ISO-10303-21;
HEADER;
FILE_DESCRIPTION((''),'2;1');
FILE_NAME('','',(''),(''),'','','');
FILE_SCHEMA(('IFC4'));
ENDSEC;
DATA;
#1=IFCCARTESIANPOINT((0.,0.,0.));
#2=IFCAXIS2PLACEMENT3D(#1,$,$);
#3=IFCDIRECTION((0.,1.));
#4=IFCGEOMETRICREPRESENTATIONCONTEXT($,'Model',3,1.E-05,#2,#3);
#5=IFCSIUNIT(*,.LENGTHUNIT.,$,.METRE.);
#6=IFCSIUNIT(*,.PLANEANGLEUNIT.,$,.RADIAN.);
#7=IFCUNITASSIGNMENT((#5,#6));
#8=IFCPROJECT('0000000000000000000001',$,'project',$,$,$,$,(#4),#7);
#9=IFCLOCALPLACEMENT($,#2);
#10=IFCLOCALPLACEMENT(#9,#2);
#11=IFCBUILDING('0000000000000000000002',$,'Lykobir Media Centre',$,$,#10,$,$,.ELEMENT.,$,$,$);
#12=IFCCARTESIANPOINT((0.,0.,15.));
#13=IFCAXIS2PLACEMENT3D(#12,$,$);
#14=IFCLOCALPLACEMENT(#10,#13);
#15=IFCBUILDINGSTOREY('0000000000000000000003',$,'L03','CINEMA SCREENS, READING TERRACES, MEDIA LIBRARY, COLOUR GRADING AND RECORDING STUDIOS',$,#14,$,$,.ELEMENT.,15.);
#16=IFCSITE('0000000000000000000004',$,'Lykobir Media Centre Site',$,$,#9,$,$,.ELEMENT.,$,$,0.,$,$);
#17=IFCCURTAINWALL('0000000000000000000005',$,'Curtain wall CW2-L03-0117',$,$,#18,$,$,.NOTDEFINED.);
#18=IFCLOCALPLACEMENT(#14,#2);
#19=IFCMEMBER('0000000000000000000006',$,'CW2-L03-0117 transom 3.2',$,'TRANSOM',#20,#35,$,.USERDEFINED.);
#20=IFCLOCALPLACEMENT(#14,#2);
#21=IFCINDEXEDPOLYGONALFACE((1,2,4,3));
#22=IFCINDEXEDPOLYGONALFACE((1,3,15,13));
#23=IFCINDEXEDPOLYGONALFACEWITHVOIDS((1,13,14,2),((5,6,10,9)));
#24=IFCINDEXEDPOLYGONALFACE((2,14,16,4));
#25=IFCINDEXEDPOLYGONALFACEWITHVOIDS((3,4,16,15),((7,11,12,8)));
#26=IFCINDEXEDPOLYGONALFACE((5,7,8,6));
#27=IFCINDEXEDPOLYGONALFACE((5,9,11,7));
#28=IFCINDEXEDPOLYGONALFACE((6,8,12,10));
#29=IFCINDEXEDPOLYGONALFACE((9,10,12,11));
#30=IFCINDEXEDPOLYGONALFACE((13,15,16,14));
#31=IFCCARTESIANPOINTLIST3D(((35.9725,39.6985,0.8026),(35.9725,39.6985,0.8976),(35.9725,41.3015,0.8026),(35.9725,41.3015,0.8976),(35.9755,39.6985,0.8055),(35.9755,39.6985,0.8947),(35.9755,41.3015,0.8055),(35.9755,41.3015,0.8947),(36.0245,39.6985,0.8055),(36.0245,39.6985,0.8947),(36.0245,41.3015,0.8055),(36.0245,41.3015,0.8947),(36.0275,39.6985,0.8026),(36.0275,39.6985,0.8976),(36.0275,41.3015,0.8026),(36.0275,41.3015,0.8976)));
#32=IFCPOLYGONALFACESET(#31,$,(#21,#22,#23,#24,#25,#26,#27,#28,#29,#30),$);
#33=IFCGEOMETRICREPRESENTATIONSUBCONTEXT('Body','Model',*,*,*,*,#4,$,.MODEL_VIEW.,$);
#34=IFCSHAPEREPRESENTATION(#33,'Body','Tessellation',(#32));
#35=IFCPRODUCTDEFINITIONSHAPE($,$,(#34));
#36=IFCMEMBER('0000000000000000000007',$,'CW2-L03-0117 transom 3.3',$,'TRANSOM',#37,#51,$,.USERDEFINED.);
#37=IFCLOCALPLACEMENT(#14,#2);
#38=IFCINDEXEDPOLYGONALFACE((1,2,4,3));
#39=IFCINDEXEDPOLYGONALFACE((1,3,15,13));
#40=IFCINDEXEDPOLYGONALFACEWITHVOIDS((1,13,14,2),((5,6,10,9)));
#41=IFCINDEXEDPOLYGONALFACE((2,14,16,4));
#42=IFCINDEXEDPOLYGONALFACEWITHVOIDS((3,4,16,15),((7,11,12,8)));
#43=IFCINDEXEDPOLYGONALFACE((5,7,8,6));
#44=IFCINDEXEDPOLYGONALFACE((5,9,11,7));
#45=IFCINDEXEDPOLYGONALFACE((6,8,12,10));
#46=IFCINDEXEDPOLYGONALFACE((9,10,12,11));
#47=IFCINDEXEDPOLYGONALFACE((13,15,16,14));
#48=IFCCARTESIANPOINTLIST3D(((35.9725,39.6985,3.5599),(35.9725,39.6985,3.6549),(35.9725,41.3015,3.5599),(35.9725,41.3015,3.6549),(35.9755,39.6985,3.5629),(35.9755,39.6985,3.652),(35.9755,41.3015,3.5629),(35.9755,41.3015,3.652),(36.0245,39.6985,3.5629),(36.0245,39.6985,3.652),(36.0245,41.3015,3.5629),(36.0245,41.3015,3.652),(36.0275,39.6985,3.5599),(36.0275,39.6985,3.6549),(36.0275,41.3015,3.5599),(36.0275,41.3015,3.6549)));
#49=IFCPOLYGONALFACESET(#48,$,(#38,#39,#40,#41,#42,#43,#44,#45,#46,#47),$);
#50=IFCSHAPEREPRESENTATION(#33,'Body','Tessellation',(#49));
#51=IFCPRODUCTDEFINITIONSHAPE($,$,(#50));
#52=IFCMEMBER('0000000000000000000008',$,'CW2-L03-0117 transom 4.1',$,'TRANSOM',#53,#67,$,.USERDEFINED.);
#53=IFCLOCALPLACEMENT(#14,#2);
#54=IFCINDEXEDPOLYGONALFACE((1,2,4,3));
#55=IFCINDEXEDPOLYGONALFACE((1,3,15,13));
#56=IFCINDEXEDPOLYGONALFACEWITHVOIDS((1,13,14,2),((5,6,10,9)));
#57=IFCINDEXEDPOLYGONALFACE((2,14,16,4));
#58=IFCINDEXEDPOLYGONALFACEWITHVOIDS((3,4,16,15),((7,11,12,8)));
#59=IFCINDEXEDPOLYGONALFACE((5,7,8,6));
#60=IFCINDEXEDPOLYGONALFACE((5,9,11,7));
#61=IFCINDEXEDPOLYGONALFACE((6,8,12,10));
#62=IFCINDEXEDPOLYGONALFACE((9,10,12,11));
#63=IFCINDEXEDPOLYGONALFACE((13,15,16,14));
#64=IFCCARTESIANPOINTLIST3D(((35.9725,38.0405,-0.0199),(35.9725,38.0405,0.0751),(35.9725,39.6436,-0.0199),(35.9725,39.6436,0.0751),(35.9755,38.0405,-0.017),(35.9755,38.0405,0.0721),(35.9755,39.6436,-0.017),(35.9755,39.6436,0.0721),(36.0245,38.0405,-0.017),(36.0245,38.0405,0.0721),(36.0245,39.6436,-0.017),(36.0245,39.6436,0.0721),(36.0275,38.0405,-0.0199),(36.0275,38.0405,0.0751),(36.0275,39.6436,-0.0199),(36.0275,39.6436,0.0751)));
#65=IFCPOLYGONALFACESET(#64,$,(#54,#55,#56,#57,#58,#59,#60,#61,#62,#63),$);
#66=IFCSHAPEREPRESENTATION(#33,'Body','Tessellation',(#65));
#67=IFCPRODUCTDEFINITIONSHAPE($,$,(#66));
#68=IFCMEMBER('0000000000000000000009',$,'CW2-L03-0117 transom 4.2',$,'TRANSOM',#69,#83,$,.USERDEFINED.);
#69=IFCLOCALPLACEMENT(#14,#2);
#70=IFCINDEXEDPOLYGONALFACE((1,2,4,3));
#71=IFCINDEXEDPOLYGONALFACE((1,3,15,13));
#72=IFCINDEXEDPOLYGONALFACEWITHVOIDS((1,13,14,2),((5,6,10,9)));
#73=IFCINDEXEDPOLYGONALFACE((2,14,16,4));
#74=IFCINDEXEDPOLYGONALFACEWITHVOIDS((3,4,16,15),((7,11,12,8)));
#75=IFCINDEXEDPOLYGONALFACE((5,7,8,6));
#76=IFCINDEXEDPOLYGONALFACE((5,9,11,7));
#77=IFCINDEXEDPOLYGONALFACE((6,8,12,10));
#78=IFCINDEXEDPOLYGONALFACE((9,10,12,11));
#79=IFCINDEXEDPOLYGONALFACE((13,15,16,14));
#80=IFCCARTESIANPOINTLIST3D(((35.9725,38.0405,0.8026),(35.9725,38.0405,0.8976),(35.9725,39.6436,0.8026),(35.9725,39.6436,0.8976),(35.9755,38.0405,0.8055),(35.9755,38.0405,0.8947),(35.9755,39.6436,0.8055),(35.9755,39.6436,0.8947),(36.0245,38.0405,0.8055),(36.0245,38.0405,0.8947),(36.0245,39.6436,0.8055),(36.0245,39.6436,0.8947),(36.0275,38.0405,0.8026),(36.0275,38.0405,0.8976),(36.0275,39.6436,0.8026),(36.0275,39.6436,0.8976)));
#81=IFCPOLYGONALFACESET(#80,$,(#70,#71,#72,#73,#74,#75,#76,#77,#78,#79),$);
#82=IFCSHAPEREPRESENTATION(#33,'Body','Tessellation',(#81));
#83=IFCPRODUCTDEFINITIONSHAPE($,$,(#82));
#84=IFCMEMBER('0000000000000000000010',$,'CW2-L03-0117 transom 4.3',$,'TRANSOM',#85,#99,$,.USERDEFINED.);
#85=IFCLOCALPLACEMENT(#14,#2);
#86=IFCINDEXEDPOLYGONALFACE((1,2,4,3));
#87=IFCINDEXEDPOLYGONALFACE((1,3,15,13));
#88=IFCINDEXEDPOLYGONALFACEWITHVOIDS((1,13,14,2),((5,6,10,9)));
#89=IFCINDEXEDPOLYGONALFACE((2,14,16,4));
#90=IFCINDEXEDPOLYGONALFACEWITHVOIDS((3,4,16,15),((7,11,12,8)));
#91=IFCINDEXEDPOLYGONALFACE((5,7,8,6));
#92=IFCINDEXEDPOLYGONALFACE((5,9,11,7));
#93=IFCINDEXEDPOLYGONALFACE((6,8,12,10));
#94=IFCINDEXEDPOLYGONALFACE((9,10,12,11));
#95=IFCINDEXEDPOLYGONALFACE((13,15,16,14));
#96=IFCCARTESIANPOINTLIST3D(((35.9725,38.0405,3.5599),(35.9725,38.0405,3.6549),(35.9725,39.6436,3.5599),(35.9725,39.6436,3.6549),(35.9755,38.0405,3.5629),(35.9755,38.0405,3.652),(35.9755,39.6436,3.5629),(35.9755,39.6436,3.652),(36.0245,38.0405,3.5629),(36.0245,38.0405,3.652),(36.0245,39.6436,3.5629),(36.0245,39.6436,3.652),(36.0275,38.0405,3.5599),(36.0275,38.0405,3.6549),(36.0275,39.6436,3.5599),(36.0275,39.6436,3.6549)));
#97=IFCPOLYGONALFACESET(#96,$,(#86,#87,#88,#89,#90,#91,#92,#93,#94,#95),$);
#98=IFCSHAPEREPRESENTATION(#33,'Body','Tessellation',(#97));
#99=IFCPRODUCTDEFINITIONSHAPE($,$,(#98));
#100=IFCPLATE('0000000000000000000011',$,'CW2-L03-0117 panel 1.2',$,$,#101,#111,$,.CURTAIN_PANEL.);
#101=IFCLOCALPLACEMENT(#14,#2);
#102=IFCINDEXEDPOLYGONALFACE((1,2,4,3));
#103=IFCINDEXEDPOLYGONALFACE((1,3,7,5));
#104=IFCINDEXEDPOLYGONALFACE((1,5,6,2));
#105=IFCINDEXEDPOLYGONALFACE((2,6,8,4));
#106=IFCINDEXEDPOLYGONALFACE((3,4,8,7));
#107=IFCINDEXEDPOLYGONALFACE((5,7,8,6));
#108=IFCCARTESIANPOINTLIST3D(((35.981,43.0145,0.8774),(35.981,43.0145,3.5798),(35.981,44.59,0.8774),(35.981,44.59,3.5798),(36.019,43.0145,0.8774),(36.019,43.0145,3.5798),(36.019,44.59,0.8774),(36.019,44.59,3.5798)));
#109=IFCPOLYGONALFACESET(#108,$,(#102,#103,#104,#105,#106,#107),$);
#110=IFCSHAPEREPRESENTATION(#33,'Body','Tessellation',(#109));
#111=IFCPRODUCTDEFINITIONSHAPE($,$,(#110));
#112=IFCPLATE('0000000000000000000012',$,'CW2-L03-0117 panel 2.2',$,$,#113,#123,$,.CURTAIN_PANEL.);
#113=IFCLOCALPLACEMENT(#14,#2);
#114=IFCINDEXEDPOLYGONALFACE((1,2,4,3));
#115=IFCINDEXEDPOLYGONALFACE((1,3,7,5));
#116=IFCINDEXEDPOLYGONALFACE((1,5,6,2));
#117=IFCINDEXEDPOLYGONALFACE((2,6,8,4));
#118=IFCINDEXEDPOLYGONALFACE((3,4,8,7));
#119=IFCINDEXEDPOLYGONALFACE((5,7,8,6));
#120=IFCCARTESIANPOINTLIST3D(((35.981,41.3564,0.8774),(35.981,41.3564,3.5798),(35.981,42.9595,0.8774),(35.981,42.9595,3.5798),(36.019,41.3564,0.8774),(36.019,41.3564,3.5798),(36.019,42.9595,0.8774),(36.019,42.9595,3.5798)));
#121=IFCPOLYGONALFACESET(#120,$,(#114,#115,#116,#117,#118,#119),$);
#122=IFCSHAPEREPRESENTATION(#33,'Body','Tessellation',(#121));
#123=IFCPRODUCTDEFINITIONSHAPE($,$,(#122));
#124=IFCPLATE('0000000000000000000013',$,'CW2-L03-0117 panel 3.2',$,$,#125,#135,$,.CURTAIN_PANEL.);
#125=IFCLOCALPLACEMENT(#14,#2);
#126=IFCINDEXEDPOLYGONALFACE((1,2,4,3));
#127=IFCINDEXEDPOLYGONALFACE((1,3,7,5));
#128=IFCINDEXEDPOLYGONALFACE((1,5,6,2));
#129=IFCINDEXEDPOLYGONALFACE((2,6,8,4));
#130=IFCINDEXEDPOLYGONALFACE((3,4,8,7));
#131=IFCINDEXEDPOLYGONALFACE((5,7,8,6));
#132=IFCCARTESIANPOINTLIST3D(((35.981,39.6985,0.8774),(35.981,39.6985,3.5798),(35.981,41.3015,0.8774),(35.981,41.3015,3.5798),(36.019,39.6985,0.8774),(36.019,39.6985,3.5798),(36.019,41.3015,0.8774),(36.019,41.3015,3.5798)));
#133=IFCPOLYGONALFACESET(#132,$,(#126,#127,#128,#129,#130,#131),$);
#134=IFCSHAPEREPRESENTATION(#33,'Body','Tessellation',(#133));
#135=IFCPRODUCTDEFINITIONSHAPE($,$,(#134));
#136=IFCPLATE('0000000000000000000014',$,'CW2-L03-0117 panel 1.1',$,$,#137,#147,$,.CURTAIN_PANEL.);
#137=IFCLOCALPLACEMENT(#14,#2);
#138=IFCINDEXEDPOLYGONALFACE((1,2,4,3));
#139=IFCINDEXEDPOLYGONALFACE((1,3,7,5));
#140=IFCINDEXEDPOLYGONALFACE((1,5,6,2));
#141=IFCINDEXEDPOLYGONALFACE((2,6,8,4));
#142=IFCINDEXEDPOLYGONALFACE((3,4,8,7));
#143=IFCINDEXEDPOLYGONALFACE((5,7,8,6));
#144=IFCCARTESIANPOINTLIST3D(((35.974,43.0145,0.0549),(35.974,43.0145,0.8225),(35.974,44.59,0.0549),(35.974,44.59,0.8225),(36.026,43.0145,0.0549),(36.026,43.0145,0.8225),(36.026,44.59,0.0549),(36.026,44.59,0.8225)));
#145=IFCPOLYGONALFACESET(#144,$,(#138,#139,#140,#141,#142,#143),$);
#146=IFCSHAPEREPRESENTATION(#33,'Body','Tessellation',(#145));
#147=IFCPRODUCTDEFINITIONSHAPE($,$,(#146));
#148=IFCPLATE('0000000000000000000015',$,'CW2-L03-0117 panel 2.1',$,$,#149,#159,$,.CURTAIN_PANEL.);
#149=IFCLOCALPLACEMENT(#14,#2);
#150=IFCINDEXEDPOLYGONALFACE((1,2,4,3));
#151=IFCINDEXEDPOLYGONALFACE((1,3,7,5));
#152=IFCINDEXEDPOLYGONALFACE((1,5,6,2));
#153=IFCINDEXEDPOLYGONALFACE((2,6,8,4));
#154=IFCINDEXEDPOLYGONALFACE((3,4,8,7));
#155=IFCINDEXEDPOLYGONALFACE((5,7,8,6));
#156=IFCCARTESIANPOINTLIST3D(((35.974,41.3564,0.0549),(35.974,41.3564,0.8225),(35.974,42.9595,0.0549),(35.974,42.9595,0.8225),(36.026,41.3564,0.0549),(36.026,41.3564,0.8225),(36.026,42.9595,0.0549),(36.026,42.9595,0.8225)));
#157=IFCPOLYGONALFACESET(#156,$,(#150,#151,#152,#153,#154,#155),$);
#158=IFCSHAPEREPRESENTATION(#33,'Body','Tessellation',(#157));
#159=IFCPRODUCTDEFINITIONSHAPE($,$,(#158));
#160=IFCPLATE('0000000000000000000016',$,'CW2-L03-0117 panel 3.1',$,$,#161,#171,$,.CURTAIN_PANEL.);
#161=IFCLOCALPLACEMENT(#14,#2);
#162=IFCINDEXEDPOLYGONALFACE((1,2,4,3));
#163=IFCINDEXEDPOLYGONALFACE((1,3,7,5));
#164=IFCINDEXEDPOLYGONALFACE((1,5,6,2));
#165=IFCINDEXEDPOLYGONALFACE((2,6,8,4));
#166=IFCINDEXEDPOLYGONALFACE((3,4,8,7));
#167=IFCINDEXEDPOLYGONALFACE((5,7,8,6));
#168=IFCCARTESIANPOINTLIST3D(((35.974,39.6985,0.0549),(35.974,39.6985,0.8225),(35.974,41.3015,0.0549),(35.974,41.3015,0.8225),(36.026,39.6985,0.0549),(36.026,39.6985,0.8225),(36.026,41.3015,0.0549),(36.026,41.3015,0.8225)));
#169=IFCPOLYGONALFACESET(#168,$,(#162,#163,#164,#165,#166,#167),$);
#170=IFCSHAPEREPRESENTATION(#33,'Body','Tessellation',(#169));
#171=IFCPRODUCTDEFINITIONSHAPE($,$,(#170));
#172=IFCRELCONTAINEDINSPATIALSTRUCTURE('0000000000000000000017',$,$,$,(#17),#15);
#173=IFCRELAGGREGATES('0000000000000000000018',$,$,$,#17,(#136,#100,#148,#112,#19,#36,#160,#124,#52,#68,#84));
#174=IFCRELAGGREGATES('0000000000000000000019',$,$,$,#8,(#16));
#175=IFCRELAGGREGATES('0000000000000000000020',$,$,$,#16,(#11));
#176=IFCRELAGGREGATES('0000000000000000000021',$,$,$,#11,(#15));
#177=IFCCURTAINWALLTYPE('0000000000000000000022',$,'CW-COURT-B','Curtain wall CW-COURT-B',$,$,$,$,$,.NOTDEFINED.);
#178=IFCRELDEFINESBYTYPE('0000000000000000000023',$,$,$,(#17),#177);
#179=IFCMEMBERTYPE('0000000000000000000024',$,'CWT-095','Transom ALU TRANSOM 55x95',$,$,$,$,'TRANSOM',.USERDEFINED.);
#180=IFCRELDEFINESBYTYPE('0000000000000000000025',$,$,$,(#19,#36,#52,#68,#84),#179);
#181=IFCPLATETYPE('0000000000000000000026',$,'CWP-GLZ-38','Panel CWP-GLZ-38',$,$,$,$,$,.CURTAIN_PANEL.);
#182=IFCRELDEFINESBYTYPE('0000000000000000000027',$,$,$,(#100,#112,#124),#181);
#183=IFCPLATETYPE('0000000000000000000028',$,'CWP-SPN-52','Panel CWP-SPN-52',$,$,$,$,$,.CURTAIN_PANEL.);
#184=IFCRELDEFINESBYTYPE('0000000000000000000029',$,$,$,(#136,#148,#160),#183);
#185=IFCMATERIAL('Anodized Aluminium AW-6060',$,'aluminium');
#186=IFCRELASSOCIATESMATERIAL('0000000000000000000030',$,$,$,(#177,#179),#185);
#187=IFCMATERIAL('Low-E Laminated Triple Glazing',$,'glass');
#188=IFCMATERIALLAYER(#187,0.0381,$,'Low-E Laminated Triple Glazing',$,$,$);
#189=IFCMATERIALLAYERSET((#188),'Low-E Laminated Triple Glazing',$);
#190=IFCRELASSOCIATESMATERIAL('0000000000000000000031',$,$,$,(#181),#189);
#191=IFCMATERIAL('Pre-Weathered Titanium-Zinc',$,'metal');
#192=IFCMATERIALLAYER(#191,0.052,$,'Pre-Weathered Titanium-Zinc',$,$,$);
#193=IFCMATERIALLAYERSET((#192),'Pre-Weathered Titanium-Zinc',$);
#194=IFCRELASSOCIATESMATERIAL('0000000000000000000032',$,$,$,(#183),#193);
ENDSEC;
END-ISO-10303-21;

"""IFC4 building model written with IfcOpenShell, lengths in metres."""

from ifc_helpers import new_model, si_unit, direction, frame, origin, origin_2d, place, context, subcontext, project, spatial, rectangle, hollow_rectangle, extrude, material, layer, layer_set, material_profile, profile_set, type_object, element, aggregate, save


model = new_model("IFC4")

# Units and contexts
model_context = context("Model", 3, precision=1e-05, world=origin(), true_north=direction((0.0, 1.0)))
body_context = subcontext(model_context, "Body", "Model", "MODEL_VIEW")
ifc_project = project(units=[si_unit("LENGTHUNIT", "METRE"), si_unit("PLANEANGLEUNIT", "RADIAN")], contexts=[model_context])

# Site, building, storey
site_placement = place(None, origin())
site = spatial("IfcSite", under=ifc_project, at=site_placement, Name="Lykobir Media Centre Site", CompositionType="ELEMENT", RefElevation=0.0)
building_placement = place(site_placement, origin())
building = spatial("IfcBuilding", under=site, at=building_placement, Name="Lykobir Media Centre", CompositionType="ELEMENT")
storey_placement = place(building_placement, frame((0.0, 0.0, 15.0)))
storey = spatial("IfcBuildingStorey", under=building, at=storey_placement, Name="L03", Description="CINEMA SCREENS, READING TERRACES, MEDIA LIBRARY, COLOUR GRADING AND RECORDING STUDIOS", CompositionType="ELEMENT", Elevation=15.0)

# Curtain wall, members, plates
ifc_material_1 = material(Name="Anodized Aluminium AW-6060", Category="aluminium")
curtain_wall_type = type_object("IfcCurtainWallType", Name="CW-COURT-B", Description="Curtain wall CW-COURT-B", PredefinedType="NOTDEFINED", material=ifc_material_1)
curtain_wall_placement = place(storey_placement, origin())
curtain_wall = element("IfcCurtainWall", 1, at=curtain_wall_placement, inside=storey, type_object=curtain_wall_type, Name="Curtain wall CW2-L03-0117", PredefinedType="NOTDEFINED")
ifc_material_profile_1 = material_profile(ifc_material_1, hollow_rectangle(XDim=0.0549, YDim=0.095, WallThickness=0.0029, at=origin_2d()), Name="ALU TRANSOM 55x95")
ifc_profile_set_1 = profile_set([ifc_material_profile_1], Name="Anodized Aluminium AW-6060")
member_type_1 = type_object("IfcMemberType", Name="CWT-095", Description="Transom ALU TRANSOM 55x95", ElementType="TRANSOM", PredefinedType="USERDEFINED", material=ifc_profile_set_1)
member_1_placement = place(storey_placement, frame((36.0, 41.3015, 0.8501), z_axis=(0.0, -1.0, 0.0), x_axis=(1.0, 0.0, 0.0)))
member_1 = element("IfcMember", 2, at=member_1_placement, type_object=member_type_1, Name="CW2-L03-0117 transom 3.2", ObjectType="TRANSOM", PredefinedType="USERDEFINED", context=body_context, shape_type="SweptSolid", body=[
    extrude(hollow_rectangle(XDim=0.0549, YDim=0.095, WallThickness=0.0029, at=origin_2d()), origin(), (0.0, 0.0, 1.0), 1.603),
])
member_2_placement = place(storey_placement, frame((36.0, 41.3015, 3.6074), z_axis=(0.0, -1.0, 0.0), x_axis=(1.0, 0.0, 0.0)))
member_2 = element("IfcMember", 3, at=member_2_placement, type_object=member_type_1, Name="CW2-L03-0117 transom 3.3", ObjectType="TRANSOM", PredefinedType="USERDEFINED", context=body_context, shape_type="SweptSolid", body=[
    extrude(hollow_rectangle(XDim=0.0549, YDim=0.095, WallThickness=0.0029, at=origin_2d()), origin(), (0.0, 0.0, 1.0), 1.603),
])
member_3_placement = place(storey_placement, frame((36.0, 39.6436, 0.0276), z_axis=(0.0, -1.0, 0.0), x_axis=(1.0, 0.0, 0.0)))
member_3 = element("IfcMember", 4, at=member_3_placement, type_object=member_type_1, Name="CW2-L03-0117 transom 4.1", ObjectType="TRANSOM", PredefinedType="USERDEFINED", context=body_context, shape_type="SweptSolid", body=[
    extrude(hollow_rectangle(XDim=0.0549, YDim=0.095, WallThickness=0.0029, at=origin_2d()), origin(), (0.0, 0.0, 1.0), 1.603),
])
member_4_placement = place(storey_placement, frame((36.0, 39.6436, 0.8501), z_axis=(0.0, -1.0, 0.0), x_axis=(1.0, 0.0, 0.0)))
member_4 = element("IfcMember", 5, at=member_4_placement, type_object=member_type_1, Name="CW2-L03-0117 transom 4.2", ObjectType="TRANSOM", PredefinedType="USERDEFINED", context=body_context, shape_type="SweptSolid", body=[
    extrude(hollow_rectangle(XDim=0.0549, YDim=0.095, WallThickness=0.0029, at=origin_2d()), origin(), (0.0, 0.0, 1.0), 1.603),
])
member_5_placement = place(storey_placement, frame((36.0, 39.6436, 3.6074), z_axis=(0.0, -1.0, 0.0), x_axis=(1.0, 0.0, 0.0)))
member_5 = element("IfcMember", 6, at=member_5_placement, type_object=member_type_1, Name="CW2-L03-0117 transom 4.3", ObjectType="TRANSOM", PredefinedType="USERDEFINED", context=body_context, shape_type="SweptSolid", body=[
    extrude(hollow_rectangle(XDim=0.0549, YDim=0.095, WallThickness=0.0029, at=origin_2d()), origin(), (0.0, 0.0, 1.0), 1.603),
])
ifc_material_2 = material(Name="Low-E Laminated Triple Glazing", Category="glass")
ifc_layer_1 = layer(ifc_material_2, 0.0381, Name="Low-E Laminated Triple Glazing")
ifc_layer_set_1 = layer_set([ifc_layer_1], Name="Low-E Laminated Triple Glazing")
plate_type_1 = type_object("IfcPlateType", Name="CWP-GLZ-38", Description="Panel CWP-GLZ-38", PredefinedType="CURTAIN_PANEL", material=ifc_layer_set_1)
plate_1_placement = place(storey_placement, frame((36.0, 43.8022, 0.8774), z_axis=(0.0, 0.0, 1.0), x_axis=(0.0, -1.0, 0.0)))
plate_1 = element("IfcPlate", 7, at=plate_1_placement, type_object=plate_type_1, Name="CW2-L03-0117 panel 1.2", PredefinedType="CURTAIN_PANEL", context=body_context, shape_type="SweptSolid", body=[
    extrude(rectangle(XDim=1.5754, YDim=0.0381, at=origin_2d()), origin(), (0.0, 0.0, 1.0), 2.7024),
])
plate_2_placement = place(storey_placement, frame((36.0, 42.158, 0.8774), z_axis=(0.0, 0.0, 1.0), x_axis=(0.0, -1.0, 0.0)))
plate_2 = element("IfcPlate", 8, at=plate_2_placement, type_object=plate_type_1, Name="CW2-L03-0117 panel 2.2", PredefinedType="CURTAIN_PANEL", context=body_context, shape_type="SweptSolid", body=[
    extrude(rectangle(XDim=1.603, YDim=0.0381, at=origin_2d()), origin(), (0.0, 0.0, 1.0), 2.7024),
])
plate_3_placement = place(storey_placement, frame((36.0, 40.5, 0.8774), z_axis=(0.0, 0.0, 1.0), x_axis=(0.0, -1.0, 0.0)))
plate_3 = element("IfcPlate", 9, at=plate_3_placement, type_object=plate_type_1, Name="CW2-L03-0117 panel 3.2", PredefinedType="CURTAIN_PANEL", context=body_context, shape_type="SweptSolid", body=[
    extrude(rectangle(XDim=1.603, YDim=0.0381, at=origin_2d()), origin(), (0.0, 0.0, 1.0), 2.7024),
])
ifc_material_3 = material(Name="Pre-Weathered Titanium-Zinc", Category="metal")
ifc_layer_2 = layer(ifc_material_3, 0.052, Name="Pre-Weathered Titanium-Zinc")
ifc_layer_set_2 = layer_set([ifc_layer_2], Name="Pre-Weathered Titanium-Zinc")
plate_type_2 = type_object("IfcPlateType", Name="CWP-SPN-52", Description="Panel CWP-SPN-52", PredefinedType="CURTAIN_PANEL", material=ifc_layer_set_2)
plate_4_placement = place(storey_placement, frame((36.0, 43.8022, 0.0549), z_axis=(0.0, 0.0, 1.0), x_axis=(0.0, -1.0, 0.0)))
plate_4 = element("IfcPlate", 10, at=plate_4_placement, type_object=plate_type_2, Name="CW2-L03-0117 panel 1.1", PredefinedType="CURTAIN_PANEL", context=body_context, shape_type="SweptSolid", body=[
    extrude(rectangle(XDim=1.5754, YDim=0.052, at=origin_2d()), origin(), (0.0, 0.0, 1.0), 0.7676),
])
plate_5_placement = place(storey_placement, frame((36.0, 42.158, 0.0549), z_axis=(0.0, 0.0, 1.0), x_axis=(0.0, -1.0, 0.0)))
plate_5 = element("IfcPlate", 11, at=plate_5_placement, type_object=plate_type_2, Name="CW2-L03-0117 panel 2.1", PredefinedType="CURTAIN_PANEL", context=body_context, shape_type="SweptSolid", body=[
    extrude(rectangle(XDim=1.603, YDim=0.052, at=origin_2d()), origin(), (0.0, 0.0, 1.0), 0.7676),
])
plate_6_placement = place(storey_placement, frame((36.0, 40.5, 0.0549), z_axis=(0.0, 0.0, 1.0), x_axis=(0.0, -1.0, 0.0)))
plate_6 = element("IfcPlate", 12, at=plate_6_placement, type_object=plate_type_2, Name="CW2-L03-0117 panel 3.1", PredefinedType="CURTAIN_PANEL", context=body_context, shape_type="SweptSolid", body=[
    extrude(rectangle(XDim=1.603, YDim=0.052, at=origin_2d()), origin(), (0.0, 0.0, 1.0), 0.7676),
])
aggregate(curtain_wall, [plate_4, plate_1, plate_5, plate_2, member_1, member_2, plate_6, plate_3, member_3, member_4, member_5])

save(model, "model.ifc")
